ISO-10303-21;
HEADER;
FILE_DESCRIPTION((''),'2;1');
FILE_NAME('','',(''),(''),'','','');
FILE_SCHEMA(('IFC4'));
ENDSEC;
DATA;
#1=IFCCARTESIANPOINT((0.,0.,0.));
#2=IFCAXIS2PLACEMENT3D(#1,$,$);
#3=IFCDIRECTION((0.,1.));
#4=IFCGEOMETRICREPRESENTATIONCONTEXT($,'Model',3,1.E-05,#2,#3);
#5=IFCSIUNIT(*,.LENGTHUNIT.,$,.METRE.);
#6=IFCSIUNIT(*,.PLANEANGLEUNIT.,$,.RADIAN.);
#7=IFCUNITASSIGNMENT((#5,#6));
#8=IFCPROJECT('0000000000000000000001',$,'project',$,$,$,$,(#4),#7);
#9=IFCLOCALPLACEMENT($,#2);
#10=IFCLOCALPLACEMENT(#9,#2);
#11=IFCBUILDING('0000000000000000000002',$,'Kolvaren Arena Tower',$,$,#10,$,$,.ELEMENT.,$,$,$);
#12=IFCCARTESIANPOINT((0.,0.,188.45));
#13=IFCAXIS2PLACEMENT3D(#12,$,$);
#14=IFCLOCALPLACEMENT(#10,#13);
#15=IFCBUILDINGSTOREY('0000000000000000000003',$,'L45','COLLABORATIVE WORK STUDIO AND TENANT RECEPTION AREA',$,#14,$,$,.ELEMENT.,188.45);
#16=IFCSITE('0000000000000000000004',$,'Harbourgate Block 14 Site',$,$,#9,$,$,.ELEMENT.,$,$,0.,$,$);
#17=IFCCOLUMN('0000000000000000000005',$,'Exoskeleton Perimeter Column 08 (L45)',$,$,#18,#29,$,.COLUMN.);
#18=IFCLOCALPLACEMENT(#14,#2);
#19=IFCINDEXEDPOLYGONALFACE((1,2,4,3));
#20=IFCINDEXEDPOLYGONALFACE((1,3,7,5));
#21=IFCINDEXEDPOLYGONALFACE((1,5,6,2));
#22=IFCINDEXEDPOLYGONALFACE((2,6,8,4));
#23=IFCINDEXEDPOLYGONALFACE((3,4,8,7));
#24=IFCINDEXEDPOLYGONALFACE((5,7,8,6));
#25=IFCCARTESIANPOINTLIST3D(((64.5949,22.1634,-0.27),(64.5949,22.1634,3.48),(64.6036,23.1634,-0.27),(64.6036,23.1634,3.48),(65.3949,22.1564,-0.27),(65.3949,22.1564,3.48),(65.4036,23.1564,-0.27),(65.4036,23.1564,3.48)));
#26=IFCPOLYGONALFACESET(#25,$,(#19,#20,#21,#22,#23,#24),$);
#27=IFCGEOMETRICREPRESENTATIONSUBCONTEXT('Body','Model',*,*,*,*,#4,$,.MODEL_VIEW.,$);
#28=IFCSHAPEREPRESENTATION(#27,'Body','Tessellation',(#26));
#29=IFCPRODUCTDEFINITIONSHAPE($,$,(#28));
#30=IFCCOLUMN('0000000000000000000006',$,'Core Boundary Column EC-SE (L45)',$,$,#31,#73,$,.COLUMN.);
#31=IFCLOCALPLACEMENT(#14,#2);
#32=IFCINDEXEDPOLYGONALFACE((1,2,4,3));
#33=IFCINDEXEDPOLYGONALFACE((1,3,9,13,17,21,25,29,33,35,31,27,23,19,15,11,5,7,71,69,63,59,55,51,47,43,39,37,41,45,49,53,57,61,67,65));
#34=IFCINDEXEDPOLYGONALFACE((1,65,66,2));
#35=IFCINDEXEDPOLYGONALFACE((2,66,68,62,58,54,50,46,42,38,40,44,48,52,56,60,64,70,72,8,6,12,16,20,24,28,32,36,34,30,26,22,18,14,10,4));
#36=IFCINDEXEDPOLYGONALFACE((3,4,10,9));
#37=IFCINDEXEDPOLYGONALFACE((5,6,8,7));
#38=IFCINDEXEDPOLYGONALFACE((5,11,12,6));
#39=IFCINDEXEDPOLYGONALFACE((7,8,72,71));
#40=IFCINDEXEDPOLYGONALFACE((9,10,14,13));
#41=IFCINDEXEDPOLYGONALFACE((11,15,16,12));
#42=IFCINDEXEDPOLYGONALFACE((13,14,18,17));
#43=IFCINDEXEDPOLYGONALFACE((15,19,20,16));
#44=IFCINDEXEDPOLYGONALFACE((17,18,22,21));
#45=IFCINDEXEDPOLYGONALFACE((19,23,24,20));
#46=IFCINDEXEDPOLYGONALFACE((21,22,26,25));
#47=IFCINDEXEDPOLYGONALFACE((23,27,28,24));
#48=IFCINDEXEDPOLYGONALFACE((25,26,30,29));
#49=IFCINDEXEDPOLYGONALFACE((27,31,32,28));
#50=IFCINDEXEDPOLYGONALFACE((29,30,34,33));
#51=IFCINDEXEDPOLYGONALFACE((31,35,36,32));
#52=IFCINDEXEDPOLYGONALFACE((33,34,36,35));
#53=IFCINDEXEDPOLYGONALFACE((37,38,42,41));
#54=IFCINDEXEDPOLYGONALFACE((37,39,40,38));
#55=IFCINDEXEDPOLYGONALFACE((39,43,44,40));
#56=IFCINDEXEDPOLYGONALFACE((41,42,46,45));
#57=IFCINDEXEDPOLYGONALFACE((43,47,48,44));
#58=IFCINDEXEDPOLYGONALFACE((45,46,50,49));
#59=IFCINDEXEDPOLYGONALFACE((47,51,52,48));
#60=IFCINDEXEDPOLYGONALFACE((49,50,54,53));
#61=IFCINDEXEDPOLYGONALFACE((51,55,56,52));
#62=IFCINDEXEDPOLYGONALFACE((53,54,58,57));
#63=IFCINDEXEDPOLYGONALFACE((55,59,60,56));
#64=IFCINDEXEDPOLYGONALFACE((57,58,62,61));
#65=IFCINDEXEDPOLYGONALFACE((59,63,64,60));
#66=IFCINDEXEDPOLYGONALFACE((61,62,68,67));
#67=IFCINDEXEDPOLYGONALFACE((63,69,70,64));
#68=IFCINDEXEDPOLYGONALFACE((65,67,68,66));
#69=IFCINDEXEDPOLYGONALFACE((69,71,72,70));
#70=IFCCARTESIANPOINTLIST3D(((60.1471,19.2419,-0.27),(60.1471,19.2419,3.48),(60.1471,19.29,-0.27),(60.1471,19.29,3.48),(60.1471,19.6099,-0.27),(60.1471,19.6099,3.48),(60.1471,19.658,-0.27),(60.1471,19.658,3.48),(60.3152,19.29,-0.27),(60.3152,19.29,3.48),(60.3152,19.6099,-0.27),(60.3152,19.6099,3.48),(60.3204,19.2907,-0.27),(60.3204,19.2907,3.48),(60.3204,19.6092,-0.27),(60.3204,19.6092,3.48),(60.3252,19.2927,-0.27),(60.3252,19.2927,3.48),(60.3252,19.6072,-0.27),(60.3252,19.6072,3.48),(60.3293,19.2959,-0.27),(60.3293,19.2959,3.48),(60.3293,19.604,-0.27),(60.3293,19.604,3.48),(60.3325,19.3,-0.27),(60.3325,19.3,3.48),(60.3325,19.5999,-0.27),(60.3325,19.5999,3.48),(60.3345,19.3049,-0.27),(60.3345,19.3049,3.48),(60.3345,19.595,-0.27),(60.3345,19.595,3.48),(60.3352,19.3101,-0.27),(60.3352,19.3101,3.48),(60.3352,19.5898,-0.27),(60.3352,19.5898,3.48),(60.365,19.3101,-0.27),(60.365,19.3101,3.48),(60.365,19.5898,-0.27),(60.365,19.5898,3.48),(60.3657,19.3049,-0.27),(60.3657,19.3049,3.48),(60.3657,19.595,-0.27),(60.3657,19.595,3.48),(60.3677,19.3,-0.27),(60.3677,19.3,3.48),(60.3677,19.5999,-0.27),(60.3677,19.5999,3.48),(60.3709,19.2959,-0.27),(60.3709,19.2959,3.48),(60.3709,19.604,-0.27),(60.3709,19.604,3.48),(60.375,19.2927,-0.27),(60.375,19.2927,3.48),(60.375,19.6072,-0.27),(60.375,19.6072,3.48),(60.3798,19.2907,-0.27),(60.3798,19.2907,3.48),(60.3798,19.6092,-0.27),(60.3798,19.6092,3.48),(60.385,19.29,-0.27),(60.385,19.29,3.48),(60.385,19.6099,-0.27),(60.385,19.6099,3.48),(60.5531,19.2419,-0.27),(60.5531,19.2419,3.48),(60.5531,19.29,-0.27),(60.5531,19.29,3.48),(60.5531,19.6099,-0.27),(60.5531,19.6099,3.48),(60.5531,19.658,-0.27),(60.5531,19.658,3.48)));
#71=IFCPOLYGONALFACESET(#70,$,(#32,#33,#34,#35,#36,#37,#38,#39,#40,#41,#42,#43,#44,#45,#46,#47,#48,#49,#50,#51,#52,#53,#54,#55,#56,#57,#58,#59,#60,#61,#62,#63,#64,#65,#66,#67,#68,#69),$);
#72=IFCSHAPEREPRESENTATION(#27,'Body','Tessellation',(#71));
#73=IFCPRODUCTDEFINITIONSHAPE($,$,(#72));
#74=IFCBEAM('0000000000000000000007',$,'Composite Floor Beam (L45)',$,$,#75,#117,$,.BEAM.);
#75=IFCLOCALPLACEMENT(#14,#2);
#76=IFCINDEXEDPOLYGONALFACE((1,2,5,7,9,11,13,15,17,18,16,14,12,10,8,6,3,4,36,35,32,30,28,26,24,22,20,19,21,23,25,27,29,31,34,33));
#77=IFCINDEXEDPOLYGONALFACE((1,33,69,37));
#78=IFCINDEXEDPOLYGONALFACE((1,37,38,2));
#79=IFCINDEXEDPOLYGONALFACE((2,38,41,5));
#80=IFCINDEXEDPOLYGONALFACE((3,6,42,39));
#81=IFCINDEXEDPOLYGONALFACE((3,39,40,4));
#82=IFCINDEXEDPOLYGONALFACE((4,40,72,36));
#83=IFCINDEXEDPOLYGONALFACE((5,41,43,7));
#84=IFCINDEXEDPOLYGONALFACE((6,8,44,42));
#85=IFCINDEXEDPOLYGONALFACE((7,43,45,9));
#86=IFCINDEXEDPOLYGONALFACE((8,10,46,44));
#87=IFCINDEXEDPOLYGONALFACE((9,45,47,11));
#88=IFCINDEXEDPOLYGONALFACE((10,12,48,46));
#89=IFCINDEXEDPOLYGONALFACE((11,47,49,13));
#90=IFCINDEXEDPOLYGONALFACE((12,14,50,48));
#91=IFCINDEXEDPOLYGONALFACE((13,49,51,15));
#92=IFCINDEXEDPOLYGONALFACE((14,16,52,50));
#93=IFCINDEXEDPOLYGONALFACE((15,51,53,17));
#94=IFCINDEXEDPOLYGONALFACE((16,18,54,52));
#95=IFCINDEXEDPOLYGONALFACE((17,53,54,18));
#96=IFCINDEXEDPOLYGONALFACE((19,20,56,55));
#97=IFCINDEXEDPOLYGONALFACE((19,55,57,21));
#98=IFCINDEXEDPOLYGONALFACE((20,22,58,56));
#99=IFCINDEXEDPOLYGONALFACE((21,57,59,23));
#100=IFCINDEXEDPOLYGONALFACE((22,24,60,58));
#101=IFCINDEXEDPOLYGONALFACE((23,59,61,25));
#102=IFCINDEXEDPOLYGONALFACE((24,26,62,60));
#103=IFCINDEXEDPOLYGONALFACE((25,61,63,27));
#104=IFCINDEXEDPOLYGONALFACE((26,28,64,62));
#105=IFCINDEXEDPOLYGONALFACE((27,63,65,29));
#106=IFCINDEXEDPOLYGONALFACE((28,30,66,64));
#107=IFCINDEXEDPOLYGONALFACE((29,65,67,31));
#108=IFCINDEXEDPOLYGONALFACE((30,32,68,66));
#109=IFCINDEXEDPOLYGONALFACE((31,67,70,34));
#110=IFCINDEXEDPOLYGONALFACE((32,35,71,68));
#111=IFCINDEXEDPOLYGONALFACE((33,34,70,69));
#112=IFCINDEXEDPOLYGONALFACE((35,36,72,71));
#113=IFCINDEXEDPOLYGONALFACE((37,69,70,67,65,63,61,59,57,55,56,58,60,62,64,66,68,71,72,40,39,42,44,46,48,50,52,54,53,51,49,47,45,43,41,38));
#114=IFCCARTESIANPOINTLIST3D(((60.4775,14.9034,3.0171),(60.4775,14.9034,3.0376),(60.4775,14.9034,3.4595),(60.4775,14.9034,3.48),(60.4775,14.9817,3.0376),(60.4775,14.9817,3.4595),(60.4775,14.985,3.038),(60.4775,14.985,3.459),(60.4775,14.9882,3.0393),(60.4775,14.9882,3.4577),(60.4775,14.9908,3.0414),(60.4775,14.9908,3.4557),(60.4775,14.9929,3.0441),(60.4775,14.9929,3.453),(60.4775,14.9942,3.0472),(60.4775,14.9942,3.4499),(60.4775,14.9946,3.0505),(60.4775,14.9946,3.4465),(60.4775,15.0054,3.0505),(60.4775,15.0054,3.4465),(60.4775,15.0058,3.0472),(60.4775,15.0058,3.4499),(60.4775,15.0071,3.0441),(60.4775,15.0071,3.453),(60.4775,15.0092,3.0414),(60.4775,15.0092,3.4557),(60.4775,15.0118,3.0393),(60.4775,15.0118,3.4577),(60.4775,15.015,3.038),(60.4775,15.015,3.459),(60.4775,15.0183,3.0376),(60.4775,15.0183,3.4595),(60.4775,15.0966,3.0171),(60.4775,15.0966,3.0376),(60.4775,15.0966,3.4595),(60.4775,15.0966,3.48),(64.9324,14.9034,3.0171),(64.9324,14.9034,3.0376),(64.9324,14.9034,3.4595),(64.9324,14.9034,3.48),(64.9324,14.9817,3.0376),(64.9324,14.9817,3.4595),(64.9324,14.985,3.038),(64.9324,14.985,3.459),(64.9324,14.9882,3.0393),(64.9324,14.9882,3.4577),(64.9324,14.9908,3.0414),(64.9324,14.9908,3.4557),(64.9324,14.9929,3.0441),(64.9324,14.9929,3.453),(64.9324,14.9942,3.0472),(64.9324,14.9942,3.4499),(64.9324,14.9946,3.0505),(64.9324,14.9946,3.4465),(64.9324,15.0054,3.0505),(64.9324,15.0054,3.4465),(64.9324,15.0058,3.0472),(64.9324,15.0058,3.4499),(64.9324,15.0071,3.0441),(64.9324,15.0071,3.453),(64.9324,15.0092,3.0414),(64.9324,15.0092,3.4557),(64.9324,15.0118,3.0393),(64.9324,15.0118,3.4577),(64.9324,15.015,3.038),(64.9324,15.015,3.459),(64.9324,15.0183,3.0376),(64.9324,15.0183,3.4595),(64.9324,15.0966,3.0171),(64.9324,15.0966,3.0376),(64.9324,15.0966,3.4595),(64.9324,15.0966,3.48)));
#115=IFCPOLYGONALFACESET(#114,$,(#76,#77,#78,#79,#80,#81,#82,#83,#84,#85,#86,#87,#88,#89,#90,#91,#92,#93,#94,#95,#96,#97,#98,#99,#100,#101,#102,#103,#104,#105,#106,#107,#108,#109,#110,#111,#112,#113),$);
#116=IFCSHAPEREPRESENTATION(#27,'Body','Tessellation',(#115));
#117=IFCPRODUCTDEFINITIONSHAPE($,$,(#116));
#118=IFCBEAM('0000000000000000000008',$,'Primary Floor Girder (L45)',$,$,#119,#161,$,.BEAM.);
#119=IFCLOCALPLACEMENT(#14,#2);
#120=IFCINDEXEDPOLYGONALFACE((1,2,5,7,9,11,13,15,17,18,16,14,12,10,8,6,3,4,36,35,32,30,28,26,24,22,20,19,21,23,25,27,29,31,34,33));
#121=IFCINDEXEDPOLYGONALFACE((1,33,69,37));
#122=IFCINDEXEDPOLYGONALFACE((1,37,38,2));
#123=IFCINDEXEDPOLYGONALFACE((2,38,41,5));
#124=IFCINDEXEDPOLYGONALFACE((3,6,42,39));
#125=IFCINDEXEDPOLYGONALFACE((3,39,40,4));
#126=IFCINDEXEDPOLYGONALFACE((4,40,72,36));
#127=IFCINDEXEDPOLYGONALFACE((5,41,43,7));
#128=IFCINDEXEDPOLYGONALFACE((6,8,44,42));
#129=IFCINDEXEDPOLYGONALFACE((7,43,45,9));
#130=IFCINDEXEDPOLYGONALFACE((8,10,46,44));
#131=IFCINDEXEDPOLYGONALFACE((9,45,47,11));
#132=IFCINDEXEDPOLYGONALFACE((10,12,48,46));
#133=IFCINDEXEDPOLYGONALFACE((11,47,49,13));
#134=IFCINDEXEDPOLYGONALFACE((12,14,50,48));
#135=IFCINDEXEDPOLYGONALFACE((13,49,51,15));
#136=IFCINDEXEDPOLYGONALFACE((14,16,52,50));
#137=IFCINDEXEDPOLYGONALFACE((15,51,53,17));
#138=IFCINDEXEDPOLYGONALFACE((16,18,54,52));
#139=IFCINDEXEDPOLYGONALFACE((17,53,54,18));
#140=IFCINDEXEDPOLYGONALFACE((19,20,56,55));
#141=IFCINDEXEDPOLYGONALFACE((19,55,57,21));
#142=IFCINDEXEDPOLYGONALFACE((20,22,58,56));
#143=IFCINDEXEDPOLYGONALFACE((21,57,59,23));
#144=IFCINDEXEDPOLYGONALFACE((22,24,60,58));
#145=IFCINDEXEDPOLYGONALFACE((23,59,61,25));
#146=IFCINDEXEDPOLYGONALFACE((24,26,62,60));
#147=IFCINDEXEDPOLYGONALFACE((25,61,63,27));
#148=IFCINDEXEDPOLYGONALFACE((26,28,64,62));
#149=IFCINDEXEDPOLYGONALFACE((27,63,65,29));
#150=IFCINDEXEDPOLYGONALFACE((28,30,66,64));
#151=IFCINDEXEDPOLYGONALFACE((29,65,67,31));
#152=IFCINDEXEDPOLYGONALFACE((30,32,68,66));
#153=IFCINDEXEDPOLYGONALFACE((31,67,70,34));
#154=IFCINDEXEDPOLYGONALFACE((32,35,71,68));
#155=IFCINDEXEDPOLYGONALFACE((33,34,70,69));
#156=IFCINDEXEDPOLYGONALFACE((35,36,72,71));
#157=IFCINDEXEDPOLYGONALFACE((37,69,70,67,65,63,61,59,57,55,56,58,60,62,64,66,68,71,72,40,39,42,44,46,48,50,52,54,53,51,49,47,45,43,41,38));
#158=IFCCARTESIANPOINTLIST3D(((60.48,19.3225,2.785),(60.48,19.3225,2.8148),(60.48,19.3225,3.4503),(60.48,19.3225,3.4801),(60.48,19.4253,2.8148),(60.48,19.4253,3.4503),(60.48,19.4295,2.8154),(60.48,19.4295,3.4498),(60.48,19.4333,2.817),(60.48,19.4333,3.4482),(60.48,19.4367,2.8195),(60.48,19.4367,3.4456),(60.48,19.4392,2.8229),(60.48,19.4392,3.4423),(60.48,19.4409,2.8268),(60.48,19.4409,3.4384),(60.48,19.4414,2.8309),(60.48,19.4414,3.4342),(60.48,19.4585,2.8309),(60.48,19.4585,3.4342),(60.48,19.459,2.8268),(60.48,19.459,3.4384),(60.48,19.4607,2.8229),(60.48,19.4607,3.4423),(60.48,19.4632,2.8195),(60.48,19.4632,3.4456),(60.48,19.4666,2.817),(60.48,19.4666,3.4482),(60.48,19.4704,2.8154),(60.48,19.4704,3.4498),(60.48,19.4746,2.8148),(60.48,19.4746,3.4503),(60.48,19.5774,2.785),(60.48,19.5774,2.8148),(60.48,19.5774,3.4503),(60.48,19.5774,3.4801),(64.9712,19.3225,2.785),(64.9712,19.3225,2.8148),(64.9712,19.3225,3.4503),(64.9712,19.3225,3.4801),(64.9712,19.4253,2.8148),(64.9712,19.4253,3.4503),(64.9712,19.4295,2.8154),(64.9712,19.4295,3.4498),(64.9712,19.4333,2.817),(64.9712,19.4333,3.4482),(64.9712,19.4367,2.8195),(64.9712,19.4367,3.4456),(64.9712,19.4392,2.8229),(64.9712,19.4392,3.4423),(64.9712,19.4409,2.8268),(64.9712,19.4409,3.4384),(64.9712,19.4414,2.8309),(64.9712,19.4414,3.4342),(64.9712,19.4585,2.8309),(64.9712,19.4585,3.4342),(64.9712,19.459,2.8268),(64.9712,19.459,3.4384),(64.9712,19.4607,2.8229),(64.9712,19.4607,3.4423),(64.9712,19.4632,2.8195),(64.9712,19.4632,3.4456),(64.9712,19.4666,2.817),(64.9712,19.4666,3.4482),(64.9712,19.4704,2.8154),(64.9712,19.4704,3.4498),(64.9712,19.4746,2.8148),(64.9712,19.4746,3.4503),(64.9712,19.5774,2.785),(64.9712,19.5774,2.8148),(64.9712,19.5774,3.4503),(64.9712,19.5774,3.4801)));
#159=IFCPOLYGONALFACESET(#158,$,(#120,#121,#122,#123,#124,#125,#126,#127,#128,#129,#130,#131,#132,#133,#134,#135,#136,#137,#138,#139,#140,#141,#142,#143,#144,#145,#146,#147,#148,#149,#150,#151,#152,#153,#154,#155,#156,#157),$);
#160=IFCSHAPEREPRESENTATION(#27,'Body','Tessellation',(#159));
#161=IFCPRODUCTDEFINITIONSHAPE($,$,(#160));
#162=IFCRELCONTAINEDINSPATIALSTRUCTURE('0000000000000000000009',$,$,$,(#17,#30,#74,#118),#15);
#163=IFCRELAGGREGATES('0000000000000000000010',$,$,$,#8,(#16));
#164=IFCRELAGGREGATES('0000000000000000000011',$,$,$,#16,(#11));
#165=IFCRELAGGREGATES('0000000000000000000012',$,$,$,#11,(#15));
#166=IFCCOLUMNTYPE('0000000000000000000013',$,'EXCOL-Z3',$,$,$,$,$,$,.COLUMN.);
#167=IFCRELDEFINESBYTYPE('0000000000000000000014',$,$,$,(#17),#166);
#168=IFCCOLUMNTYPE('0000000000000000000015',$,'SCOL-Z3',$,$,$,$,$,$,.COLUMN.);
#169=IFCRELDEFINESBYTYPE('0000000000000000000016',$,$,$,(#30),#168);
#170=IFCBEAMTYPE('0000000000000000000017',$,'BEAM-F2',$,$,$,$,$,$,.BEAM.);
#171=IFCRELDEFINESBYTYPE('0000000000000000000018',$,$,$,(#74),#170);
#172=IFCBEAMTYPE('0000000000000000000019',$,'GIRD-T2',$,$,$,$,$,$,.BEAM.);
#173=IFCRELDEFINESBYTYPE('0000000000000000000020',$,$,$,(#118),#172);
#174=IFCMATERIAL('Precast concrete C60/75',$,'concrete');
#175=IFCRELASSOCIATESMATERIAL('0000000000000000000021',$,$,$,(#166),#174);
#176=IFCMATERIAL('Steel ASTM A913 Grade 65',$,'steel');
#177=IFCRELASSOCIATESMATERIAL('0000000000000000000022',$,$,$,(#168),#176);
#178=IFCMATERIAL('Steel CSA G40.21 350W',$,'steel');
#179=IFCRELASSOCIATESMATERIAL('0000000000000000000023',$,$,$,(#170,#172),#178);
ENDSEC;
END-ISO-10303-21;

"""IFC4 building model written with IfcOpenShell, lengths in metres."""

from ifc_helpers import new_model, si_unit, direction, frame, origin, origin_2d, place, context, subcontext, project, spatial, rectangle, i_section, extrude, material, material_profile, profile_set, type_object, element, save


model = new_model("IFC4")

# Units and contexts
model_context = context("Model", 3, precision=1e-05, world=origin(), true_north=direction((0.0, 1.0)))
body_context = subcontext(model_context, "Body", "Model", "MODEL_VIEW")
ifc_project = project(units=[si_unit("LENGTHUNIT", "METRE"), si_unit("PLANEANGLEUNIT", "RADIAN")], contexts=[model_context])

# Site, building, storey
site_placement = place(None, origin())
site = spatial("IfcSite", under=ifc_project, at=site_placement, Name="Harbourgate Block 14 Site", CompositionType="ELEMENT", RefElevation=0.0)
building_placement = place(site_placement, origin())
building = spatial("IfcBuilding", under=site, at=building_placement, Name="Kolvaren Arena Tower", CompositionType="ELEMENT")
storey_placement = place(building_placement, frame((0.0, 0.0, 188.45)))
storey = spatial("IfcBuildingStorey", under=building, at=storey_placement, Name="L45", Description="COLLABORATIVE WORK STUDIO AND TENANT RECEPTION AREA", CompositionType="ELEMENT", Elevation=188.45)

# Columns
ifc_material_1 = material(Name="Precast concrete C60/75", Category="concrete")
ifc_material_profile_1 = material_profile(ifc_material_1, rectangle(XDim=1.0, YDim=0.8, at=origin_2d()), Name="RC-1000x800")
ifc_profile_set_1 = profile_set([ifc_material_profile_1], Name="Precast concrete C60/75")
column_type_1 = type_object("IfcColumnType", Name="EXCOL-Z3", PredefinedType="COLUMN", material=ifc_profile_set_1)
column_1_placement = place(storey_placement, frame((64.9993, 22.6599, -0.27), z_axis=(0.0, 0.0, 1.0), x_axis=(0.008727, 0.999962, 0.0)))
element("IfcColumn", 1, at=column_1_placement, inside=storey, type_object=column_type_1, Name="Exoskeleton Perimeter Column 08 (L45)", PredefinedType="COLUMN", context=body_context, shape_type="SweptSolid", body=[
    extrude(rectangle(XDim=1.0, YDim=0.8, at=origin_2d()), origin(), (0.0, 0.0, 1.0), 3.75),
])
ifc_material_2 = material(Name="Steel ASTM A913 Grade 65", Category="steel")
ifc_material_profile_2 = material_profile(ifc_material_2, i_section(OverallWidth=0.406, OverallDepth=0.416, WebThickness=0.0298, FlangeThickness=0.0481, FilletRadius=0.02, at=origin_2d()), Name="W360x382")
ifc_profile_set_2 = profile_set([ifc_material_profile_2], Name="Steel ASTM A913 Grade 65")
column_type_2 = type_object("IfcColumnType", Name="SCOL-Z3", PredefinedType="COLUMN", material=ifc_profile_set_2)
column_2_placement = place(storey_placement, frame((60.3501, 19.45, -0.27), z_axis=(0.0, 0.0, 1.0), x_axis=(1.0, 0.0, 0.0)))
element("IfcColumn", 2, at=column_2_placement, inside=storey, type_object=column_type_2, Name="Core Boundary Column EC-SE (L45)", PredefinedType="COLUMN", context=body_context, shape_type="SweptSolid", body=[
    extrude(i_section(OverallWidth=0.406, OverallDepth=0.416, WebThickness=0.0298, FlangeThickness=0.0481, FilletRadius=0.02, at=origin_2d()), origin(), (0.0, 0.0, 1.0), 3.75),
])

# Beams
ifc_material_3 = material(Name="Steel CSA G40.21 350W", Category="steel")
ifc_material_profile_3 = material_profile(ifc_material_3, i_section(OverallWidth=0.1931, OverallDepth=0.4629, WebThickness=0.0107, FlangeThickness=0.0205, FilletRadius=0.0129, at=origin_2d()), Name="W460x113")
ifc_profile_set_3 = profile_set([ifc_material_profile_3], Name="Steel CSA G40.21 350W")
beam_type_1 = type_object("IfcBeamType", Name="BEAM-F2", PredefinedType="BEAM", material=ifc_profile_set_3)
beam_1_placement = place(storey_placement, frame((60.4775, 15.0, 3.2485), z_axis=(1.0, 0.0, 0.0), x_axis=(0.0, 1.0, 0.0)))
element("IfcBeam", 3, at=beam_1_placement, inside=storey, type_object=beam_type_1, Name="Composite Floor Beam (L45)", PredefinedType="BEAM", context=body_context, shape_type="SweptSolid", body=[
    extrude(i_section(OverallWidth=0.1931, OverallDepth=0.4629, WebThickness=0.0107, FlangeThickness=0.0205, FilletRadius=0.0129, at=origin_2d()), origin(), (0.0, 0.0, 1.0), 4.4548),
])
ifc_material_profile_4 = material_profile(ifc_material_3, i_section(OverallWidth=0.2549, OverallDepth=0.6951, WebThickness=0.0171, FlangeThickness=0.0298, FilletRadius=0.0161, at=origin_2d()), Name="W690x217")
ifc_profile_set_4 = profile_set([ifc_material_profile_4], Name="Steel CSA G40.21 350W")
beam_type_2 = type_object("IfcBeamType", Name="GIRD-T2", PredefinedType="BEAM", material=ifc_profile_set_4)
beam_2_placement = place(storey_placement, frame((60.48, 19.45, 3.1326), z_axis=(1.0, 0.0, 0.0), x_axis=(0.0, 1.0, 0.0)))
element("IfcBeam", 4, at=beam_2_placement, inside=storey, type_object=beam_type_2, Name="Primary Floor Girder (L45)", PredefinedType="BEAM", context=body_context, shape_type="SweptSolid", body=[
    extrude(i_section(OverallWidth=0.2549, OverallDepth=0.6951, WebThickness=0.0171, FlangeThickness=0.0298, FilletRadius=0.0161, at=origin_2d()), origin(), (0.0, 0.0, 1.0), 4.4912),
])

save(model, "model.ifc")
